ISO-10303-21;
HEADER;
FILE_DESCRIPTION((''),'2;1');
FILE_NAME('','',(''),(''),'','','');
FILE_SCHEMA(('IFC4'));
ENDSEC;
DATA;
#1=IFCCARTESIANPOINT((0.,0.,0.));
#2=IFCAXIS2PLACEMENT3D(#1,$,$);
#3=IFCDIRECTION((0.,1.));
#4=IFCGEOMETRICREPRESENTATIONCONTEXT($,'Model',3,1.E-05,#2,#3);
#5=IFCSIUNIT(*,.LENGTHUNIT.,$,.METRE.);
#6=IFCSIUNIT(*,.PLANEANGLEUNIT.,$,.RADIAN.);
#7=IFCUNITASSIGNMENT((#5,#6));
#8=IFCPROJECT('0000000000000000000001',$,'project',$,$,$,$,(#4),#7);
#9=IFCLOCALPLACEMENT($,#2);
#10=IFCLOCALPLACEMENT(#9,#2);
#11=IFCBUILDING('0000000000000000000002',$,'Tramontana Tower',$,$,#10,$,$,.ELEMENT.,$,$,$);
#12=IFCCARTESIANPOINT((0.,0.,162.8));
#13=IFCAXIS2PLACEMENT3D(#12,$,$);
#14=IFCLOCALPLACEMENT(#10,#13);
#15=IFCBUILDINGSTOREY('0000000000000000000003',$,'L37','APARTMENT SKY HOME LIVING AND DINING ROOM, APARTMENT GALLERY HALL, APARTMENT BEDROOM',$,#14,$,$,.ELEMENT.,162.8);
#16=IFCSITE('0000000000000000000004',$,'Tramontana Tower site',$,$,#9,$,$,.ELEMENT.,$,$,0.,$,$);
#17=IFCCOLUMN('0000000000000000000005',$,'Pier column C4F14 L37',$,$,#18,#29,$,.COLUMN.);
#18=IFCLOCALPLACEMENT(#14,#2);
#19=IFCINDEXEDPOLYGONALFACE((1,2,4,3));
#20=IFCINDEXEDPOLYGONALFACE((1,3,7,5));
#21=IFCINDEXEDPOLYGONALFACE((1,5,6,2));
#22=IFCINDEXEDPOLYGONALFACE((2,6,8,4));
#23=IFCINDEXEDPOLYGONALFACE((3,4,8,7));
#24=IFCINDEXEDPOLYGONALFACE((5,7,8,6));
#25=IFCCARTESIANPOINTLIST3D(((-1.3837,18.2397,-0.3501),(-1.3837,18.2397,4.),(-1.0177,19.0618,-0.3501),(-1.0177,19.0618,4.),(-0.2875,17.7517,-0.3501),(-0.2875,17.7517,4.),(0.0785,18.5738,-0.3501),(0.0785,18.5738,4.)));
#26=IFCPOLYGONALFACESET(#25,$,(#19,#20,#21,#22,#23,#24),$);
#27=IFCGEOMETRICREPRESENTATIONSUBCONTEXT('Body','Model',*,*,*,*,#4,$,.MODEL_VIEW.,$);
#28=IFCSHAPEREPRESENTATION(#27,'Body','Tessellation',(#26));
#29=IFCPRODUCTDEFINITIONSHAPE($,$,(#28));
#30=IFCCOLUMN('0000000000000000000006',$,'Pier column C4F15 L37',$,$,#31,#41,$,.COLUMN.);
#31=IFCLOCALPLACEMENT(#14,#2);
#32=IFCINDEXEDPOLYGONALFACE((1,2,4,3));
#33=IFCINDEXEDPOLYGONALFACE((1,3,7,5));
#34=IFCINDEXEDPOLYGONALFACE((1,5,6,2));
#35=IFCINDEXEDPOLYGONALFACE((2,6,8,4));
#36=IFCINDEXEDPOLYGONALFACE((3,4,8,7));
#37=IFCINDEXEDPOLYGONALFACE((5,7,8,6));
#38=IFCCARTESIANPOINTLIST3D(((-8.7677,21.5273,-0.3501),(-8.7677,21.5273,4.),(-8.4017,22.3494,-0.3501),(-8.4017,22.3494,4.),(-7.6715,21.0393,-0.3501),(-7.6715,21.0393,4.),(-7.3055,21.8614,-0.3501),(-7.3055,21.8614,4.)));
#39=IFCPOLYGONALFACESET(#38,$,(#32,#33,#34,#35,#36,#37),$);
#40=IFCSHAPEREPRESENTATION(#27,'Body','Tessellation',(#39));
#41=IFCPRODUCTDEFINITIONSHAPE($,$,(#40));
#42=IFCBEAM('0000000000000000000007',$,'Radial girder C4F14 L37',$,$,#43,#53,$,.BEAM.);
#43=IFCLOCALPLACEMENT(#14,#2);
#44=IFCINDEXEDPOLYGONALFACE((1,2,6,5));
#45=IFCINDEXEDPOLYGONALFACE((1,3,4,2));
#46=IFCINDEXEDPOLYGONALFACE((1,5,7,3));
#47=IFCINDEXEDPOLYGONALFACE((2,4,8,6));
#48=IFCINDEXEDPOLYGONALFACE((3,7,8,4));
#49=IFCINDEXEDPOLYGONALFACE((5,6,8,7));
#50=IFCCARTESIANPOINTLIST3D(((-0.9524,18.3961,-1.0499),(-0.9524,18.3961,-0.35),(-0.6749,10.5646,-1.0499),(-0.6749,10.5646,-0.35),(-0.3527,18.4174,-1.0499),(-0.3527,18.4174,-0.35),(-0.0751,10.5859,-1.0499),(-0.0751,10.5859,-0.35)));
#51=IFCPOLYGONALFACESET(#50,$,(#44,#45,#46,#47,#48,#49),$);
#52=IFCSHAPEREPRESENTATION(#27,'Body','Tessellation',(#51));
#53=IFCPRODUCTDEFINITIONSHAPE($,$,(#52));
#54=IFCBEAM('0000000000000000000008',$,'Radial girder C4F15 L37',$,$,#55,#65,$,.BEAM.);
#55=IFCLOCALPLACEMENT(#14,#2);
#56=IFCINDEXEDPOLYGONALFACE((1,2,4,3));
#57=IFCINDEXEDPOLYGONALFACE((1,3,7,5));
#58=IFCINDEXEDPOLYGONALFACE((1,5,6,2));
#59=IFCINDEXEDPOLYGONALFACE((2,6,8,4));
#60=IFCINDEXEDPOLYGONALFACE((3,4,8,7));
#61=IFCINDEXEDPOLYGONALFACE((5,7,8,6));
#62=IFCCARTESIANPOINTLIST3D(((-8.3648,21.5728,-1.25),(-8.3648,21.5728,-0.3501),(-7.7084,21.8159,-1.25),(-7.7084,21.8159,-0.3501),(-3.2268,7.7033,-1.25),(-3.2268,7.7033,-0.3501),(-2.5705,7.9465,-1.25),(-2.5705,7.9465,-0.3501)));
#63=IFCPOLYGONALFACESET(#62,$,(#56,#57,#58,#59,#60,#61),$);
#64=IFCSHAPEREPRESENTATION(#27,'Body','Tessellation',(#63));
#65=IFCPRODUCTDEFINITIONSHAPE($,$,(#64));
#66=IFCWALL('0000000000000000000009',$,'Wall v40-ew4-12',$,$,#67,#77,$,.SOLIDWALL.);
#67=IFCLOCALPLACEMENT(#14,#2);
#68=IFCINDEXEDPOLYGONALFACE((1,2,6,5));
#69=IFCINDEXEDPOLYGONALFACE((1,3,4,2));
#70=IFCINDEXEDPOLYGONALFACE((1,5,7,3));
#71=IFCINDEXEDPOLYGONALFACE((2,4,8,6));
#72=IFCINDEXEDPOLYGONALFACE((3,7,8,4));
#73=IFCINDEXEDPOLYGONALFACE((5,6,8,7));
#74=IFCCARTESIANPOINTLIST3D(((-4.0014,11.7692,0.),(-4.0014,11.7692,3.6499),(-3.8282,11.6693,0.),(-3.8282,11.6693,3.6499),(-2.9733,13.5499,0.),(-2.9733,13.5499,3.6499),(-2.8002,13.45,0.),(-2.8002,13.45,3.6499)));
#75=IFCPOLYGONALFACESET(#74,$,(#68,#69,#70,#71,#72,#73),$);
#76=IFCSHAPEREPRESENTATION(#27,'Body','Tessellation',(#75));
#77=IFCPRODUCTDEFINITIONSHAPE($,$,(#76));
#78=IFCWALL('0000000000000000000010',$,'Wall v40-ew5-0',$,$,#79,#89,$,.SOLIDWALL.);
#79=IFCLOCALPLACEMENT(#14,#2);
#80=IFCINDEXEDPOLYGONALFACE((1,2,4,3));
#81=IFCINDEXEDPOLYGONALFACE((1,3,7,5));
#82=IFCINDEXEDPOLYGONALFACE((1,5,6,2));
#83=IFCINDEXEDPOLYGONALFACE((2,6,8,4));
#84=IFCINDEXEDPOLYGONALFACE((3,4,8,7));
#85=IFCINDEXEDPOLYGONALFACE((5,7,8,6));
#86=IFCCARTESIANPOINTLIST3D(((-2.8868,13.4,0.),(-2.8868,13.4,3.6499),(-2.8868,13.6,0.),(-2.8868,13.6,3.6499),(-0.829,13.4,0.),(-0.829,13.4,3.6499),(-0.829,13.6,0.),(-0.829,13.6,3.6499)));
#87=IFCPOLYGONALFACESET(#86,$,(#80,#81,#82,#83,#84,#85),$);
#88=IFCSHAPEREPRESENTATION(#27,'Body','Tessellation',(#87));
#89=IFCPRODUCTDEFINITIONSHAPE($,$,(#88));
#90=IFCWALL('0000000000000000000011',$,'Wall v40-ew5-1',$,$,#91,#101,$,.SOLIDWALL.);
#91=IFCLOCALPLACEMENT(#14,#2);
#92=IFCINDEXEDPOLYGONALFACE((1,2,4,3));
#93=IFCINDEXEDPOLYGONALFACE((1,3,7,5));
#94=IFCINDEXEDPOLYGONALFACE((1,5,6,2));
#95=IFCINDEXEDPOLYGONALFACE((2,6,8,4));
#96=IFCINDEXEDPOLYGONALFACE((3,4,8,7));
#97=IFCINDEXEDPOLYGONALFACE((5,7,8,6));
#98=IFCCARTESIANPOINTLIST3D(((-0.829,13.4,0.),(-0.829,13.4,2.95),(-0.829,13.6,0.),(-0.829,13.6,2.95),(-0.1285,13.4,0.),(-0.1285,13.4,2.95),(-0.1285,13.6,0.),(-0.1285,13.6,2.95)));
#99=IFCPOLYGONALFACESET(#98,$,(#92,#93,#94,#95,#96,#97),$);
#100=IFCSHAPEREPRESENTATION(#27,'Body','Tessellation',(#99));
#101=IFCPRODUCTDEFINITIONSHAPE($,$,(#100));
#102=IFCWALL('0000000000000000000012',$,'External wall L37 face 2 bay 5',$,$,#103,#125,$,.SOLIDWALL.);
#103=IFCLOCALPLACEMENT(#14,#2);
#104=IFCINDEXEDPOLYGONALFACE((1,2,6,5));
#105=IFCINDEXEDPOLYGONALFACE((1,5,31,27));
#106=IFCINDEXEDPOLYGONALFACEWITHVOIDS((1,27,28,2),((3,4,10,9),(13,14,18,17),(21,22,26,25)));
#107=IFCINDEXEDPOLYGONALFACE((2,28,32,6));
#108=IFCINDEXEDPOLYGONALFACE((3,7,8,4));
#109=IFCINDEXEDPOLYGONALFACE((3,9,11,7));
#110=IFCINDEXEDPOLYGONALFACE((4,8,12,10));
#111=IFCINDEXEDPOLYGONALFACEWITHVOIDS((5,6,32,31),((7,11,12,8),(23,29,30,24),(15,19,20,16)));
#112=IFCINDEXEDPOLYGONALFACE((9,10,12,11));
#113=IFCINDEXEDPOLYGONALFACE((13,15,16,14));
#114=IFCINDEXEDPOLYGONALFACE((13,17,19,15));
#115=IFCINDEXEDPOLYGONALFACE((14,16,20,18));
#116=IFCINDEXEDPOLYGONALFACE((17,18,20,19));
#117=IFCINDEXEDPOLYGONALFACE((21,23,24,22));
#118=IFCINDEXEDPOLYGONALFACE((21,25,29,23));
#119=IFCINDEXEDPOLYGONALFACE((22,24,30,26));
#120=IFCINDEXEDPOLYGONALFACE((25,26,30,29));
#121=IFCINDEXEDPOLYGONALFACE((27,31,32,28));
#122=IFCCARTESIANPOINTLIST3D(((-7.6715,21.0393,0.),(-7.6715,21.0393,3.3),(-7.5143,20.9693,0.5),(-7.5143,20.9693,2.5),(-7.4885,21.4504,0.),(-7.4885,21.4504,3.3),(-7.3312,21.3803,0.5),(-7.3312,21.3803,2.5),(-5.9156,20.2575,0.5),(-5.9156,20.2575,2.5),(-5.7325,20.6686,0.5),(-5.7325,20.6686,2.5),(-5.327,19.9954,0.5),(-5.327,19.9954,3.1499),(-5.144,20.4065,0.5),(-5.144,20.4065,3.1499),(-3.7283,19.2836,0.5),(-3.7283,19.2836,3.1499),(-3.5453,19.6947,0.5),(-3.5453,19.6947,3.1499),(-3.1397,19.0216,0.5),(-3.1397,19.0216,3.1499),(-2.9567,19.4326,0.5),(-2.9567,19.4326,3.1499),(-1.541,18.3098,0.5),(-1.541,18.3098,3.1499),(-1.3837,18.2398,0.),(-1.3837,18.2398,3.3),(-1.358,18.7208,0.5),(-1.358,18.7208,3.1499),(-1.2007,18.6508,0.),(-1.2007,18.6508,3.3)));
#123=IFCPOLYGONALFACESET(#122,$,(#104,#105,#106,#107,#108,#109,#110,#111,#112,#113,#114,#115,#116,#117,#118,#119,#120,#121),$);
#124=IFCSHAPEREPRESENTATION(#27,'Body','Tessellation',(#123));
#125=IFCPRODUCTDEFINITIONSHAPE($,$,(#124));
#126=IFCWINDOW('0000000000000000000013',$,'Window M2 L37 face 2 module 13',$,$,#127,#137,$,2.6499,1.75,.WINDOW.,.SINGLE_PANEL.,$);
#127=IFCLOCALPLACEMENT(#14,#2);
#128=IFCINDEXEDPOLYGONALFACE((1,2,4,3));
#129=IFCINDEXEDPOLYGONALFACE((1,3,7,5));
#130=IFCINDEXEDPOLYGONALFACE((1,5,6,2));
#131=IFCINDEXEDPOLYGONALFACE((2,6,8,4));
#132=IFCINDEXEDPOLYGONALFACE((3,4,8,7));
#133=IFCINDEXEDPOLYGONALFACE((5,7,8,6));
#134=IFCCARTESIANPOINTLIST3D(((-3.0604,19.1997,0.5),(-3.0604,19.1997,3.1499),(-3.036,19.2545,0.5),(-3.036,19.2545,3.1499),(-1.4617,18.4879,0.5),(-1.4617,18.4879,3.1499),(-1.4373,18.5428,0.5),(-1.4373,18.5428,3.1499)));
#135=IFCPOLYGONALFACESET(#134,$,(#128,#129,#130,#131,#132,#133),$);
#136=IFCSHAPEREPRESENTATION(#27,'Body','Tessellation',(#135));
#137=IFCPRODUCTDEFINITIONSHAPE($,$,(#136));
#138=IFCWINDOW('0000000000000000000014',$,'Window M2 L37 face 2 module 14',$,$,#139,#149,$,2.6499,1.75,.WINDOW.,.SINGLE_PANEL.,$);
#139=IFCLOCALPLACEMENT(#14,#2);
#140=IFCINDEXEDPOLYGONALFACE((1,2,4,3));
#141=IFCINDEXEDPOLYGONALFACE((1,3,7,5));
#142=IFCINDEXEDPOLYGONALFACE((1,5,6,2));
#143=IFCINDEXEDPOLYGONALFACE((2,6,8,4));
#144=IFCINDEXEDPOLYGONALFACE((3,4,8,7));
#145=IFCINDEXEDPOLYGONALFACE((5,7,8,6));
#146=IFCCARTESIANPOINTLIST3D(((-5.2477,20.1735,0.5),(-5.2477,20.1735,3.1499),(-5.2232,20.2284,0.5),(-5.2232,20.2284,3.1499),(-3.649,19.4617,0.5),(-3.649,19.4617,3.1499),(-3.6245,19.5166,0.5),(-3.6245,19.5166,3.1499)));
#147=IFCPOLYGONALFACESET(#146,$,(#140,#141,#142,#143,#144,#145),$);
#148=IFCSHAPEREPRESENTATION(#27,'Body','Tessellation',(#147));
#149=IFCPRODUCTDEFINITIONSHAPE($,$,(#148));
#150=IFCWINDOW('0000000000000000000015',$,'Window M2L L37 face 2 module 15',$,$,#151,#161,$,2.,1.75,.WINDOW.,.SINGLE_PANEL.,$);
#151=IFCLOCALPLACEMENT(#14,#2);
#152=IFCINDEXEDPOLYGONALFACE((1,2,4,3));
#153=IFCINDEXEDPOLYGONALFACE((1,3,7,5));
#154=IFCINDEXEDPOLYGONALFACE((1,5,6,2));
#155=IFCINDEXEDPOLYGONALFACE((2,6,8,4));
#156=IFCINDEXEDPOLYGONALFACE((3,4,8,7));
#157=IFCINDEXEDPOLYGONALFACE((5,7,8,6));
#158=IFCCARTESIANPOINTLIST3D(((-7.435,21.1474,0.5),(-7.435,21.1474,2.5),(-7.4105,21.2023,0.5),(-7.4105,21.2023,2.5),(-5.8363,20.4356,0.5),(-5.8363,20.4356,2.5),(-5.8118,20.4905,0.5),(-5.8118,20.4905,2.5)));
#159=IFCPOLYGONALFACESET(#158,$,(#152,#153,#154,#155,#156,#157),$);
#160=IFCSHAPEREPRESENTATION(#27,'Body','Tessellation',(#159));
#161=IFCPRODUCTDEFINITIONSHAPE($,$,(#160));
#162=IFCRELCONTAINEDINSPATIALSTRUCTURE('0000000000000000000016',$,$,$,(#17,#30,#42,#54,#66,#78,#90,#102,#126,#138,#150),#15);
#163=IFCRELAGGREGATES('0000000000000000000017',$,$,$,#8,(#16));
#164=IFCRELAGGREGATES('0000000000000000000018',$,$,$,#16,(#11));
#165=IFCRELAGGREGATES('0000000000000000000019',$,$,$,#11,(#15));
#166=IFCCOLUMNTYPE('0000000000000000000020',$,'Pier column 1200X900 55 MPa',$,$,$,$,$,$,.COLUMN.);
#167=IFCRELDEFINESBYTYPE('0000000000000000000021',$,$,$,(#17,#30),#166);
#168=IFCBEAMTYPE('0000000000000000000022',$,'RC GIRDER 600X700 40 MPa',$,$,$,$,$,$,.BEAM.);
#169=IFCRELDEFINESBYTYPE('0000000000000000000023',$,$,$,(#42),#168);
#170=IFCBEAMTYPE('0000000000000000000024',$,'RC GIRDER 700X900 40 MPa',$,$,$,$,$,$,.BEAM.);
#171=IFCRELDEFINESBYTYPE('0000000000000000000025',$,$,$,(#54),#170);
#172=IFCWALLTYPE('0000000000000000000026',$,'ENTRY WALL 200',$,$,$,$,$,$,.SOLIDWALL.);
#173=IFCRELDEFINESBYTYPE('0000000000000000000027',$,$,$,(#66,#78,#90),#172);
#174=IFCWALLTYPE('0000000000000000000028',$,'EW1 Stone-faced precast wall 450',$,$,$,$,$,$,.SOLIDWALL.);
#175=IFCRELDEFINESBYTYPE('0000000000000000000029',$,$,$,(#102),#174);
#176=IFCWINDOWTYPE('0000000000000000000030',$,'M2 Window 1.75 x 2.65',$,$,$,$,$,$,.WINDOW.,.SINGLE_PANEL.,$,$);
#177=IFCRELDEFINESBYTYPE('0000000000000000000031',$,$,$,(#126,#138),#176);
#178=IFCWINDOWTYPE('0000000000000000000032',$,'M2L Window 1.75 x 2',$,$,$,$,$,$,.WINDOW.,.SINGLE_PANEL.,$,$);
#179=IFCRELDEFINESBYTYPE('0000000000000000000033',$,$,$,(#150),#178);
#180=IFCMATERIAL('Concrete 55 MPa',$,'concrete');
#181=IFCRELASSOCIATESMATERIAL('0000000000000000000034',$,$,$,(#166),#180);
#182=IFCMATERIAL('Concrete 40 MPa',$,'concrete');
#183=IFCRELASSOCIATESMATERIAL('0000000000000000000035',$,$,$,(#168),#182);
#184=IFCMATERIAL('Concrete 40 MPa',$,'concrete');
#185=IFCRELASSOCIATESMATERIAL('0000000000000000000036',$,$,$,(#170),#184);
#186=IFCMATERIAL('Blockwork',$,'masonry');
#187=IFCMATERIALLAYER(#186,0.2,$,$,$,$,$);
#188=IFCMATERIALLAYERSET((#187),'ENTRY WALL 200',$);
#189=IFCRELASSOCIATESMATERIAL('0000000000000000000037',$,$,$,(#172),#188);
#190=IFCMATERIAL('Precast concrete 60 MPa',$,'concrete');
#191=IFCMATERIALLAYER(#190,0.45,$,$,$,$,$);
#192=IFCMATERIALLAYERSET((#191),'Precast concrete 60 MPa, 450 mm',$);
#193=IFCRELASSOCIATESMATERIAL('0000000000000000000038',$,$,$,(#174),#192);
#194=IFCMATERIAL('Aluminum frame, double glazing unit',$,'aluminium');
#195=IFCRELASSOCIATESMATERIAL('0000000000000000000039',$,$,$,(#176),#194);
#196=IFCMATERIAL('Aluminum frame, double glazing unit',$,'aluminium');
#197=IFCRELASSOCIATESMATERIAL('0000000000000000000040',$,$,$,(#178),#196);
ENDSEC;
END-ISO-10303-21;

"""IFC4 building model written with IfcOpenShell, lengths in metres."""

from ifc_helpers import new_model, si_unit, direction, frame, frame_2d, origin, origin_2d, place, context, subcontext, project, spatial, rectangle, extrude, material, layer, layer_set, material_profile, profile_set, type_object, element, fill, save


model = new_model("IFC4")

# Units and contexts
model_context = context("Model", 3, precision=1e-05, world=origin(), true_north=direction((0.0, 1.0)))
body_context = subcontext(model_context, "Body", "Model", "MODEL_VIEW")
ifc_project = project(units=[si_unit("LENGTHUNIT", "METRE"), si_unit("PLANEANGLEUNIT", "RADIAN")], contexts=[model_context])

# Site, building, storey
site_placement = place(None, origin())
site = spatial("IfcSite", under=ifc_project, at=site_placement, Name="Tramontana Tower site", CompositionType="ELEMENT", RefElevation=0.0)
building_placement = place(site_placement, origin())
building = spatial("IfcBuilding", under=site, at=building_placement, Name="Tramontana Tower", CompositionType="ELEMENT")
storey_placement = place(building_placement, frame((0.0, 0.0, 162.8)))
storey = spatial("IfcBuildingStorey", under=building, at=storey_placement, Name="L37", Description="APARTMENT SKY HOME LIVING AND DINING ROOM, APARTMENT GALLERY HALL, APARTMENT BEDROOM", CompositionType="ELEMENT", Elevation=162.8)

# Columns
ifc_material_1 = material(Name="Concrete 55 MPa", Category="concrete")
ifc_material_profile_1 = material_profile(ifc_material_1, rectangle(XDim=1.2, YDim=0.8999, at=origin_2d()), Name="Pier column 1200X900 55 MPa")
ifc_profile_set_1 = profile_set([ifc_material_profile_1], Name="Concrete 55 MPa")
column_type = type_object("IfcColumnType", Name="Pier column 1200X900 55 MPa", PredefinedType="COLUMN", material=ifc_profile_set_1)
for number, where, z_axis, x_axis, name in (
    (1, (-0.6526, 18.4067, -0.3501), (0.0, 0.0, 1.0), (-0.913545, 0.406737, 0.0), "Pier column C4F14 L37"),
    (2, (-8.0366, 21.6943, -0.3501), (0.0, 0.0, 1.0), (-0.913545, 0.406737, 0.0), "Pier column C4F15 L37"),
):
    element("IfcColumn", number, at=place(storey_placement, frame(where, z_axis=z_axis, x_axis=x_axis)), inside=storey, type_object=column_type, Name=name, PredefinedType="COLUMN", context=body_context, shape_type="SweptSolid", body=[
        extrude(rectangle(XDim=1.2, YDim=0.8999, at=origin_2d()), origin(), (0.0, 0.0, 1.0), 4.3501),
    ])

# Beams
ifc_material_2 = material(Name="Concrete 40 MPa", Category="concrete")
ifc_material_profile_2 = material_profile(ifc_material_2, rectangle(XDim=0.6001, YDim=0.7, at=origin_2d()), Name="RC GIRDER 600X700 40 MPa")
ifc_profile_set_2 = profile_set([ifc_material_profile_2], Name="Concrete 40 MPa")
beam_type_1 = type_object("IfcBeamType", Name="RC GIRDER 600X700 40 MPa", PredefinedType="BEAM", material=ifc_profile_set_2)
beam_1_placement = place(storey_placement, frame((-0.6526, 18.4067, -0.7), z_axis=(0.035423, -0.999372, 0.0), x_axis=(0.999372, 0.035423, 0.0)))
element("IfcBeam", 3, at=beam_1_placement, inside=storey, type_object=beam_type_1, Name="Radial girder C4F14 L37", PredefinedType="BEAM", context=body_context, shape_type="SweptSolid", body=[
    extrude(rectangle(XDim=0.6001, YDim=0.7, at=origin_2d()), origin(), (0.0, 0.0, 1.0), 7.8364),
])
ifc_material_3 = material(Name="Concrete 40 MPa", Category="concrete")
ifc_material_profile_3 = material_profile(ifc_material_3, rectangle(XDim=0.7, YDim=0.8999, at=origin_2d()), Name="RC GIRDER 700X900 40 MPa")
ifc_profile_set_3 = profile_set([ifc_material_profile_3], Name="Concrete 40 MPa")
beam_type_2 = type_object("IfcBeamType", Name="RC GIRDER 700X900 40 MPa", PredefinedType="BEAM", material=ifc_profile_set_3)
beam_2_placement = place(storey_placement, frame((-8.0366, 21.6943, -0.8), z_axis=(0.347382, -0.937724, 0.0), x_axis=(0.937724, 0.347382, 0.0)))
element("IfcBeam", 4, at=beam_2_placement, inside=storey, type_object=beam_type_2, Name="Radial girder C4F15 L37", PredefinedType="BEAM", context=body_context, shape_type="SweptSolid", body=[
    extrude(rectangle(XDim=0.7, YDim=0.8999, at=origin_2d()), origin(), (0.0, 0.0, 1.0), 14.7905),
])

# Walls
ifc_material_4 = material(Name="Blockwork", Category="masonry")
ifc_layer_1 = layer(ifc_material_4, 0.2)
ifc_layer_set_1 = layer_set([ifc_layer_1], Name="ENTRY WALL 200")
wall_type_1 = type_object("IfcWallType", Name="ENTRY WALL 200", PredefinedType="SOLIDWALL", material=ifc_layer_set_1)
wall_1_placement = place(storey_placement, frame((-3.9148, 11.7192, 0.0), z_axis=(0.0, 0.0, 1.0), x_axis=(0.499983, 0.866035, 0.0)))
element("IfcWall", 5, at=wall_1_placement, inside=storey, type_object=wall_type_1, Name="Wall v40-ew4-12", PredefinedType="SOLIDWALL", context=body_context, shape_type="SweptSolid", body=[
    extrude(rectangle(XDim=2.0562, YDim=0.2, at=frame_2d((1.0281, 0.0))), origin(), (0.0, 0.0, 1.0), 3.6499),
])
wall_2_placement = place(storey_placement, frame((-2.8867, 13.5, 0.0), z_axis=(0.0, 0.0, 1.0), x_axis=(1.0, 0.0, 0.0)))
element("IfcWall", 6, at=wall_2_placement, inside=storey, type_object=wall_type_1, Name="Wall v40-ew5-0", PredefinedType="SOLIDWALL", context=body_context, shape_type="SweptSolid", body=[
    extrude(rectangle(XDim=2.0579, YDim=0.2, at=frame_2d((1.0288, 0.0))), origin(), (0.0, 0.0, 1.0), 3.6499),
])
wall_3_placement = place(storey_placement, frame((-0.8289, 13.5, 0.0), z_axis=(0.0, 0.0, 1.0), x_axis=(1.0, 0.0, 0.0)))
element("IfcWall", 7, at=wall_3_placement, inside=storey, type_object=wall_type_1, Name="Wall v40-ew5-1", PredefinedType="SOLIDWALL", context=body_context, shape_type="SweptSolid", body=[
    extrude(rectangle(XDim=0.7004, YDim=0.2, at=frame_2d((0.3501, 0.0))), origin(), (0.0, 0.0, 1.0), 2.95),
])

# Wall, openings, windows
ifc_material_5 = material(Name="Precast concrete 60 MPa", Category="concrete")
ifc_layer_2 = layer(ifc_material_5, 0.45)
ifc_layer_set_2 = layer_set([ifc_layer_2], Name="Precast concrete 60 MPa, 450 mm")
wall_type_2 = type_object("IfcWallType", Name="EW1 Stone-faced precast wall 450", PredefinedType="SOLIDWALL", material=ifc_layer_set_2)
wall_4_placement = place(storey_placement, frame((-1.2922, 18.4453, 0.0), z_axis=(0.0, 0.0, 1.0), x_axis=(-0.913544, 0.406741, 0.0)))
wall_4 = element("IfcWall", 8, at=wall_4_placement, inside=storey, type_object=wall_type_2, Name="External wall L37 face 2 bay 5", PredefinedType="SOLIDWALL", context=body_context, shape_type="SweptSolid", body=[
    extrude(rectangle(XDim=6.8828, YDim=0.45, at=frame_2d((3.4414, 0.0))), origin(), (0.0, 0.0, 1.0), 3.3),
])
opening_1_placement = place(wall_4_placement, frame((0.1721, 0.0, 0.5)))
opening_1 = element("IfcOpeningElement", 9, at=opening_1_placement, cuts=wall_4, PredefinedType="OPENING", context=body_context, shape_type="SweptSolid", body=[
    extrude(rectangle(XDim=1.75, YDim=2.6499, at=frame_2d((0.875, 1.325))), frame((0.0, 0.2349, 0.0), z_axis=(0.0, -1.0, 0.0), x_axis=(1.0, 0.0, 0.0)), (0.0, 0.0, 1.0), 0.47),
])
opening_2_placement = place(wall_4_placement, frame((2.5664, 0.0, 0.5)))
opening_2 = element("IfcOpeningElement", 10, at=opening_2_placement, cuts=wall_4, PredefinedType="OPENING", context=body_context, shape_type="SweptSolid", body=[
    extrude(rectangle(XDim=1.75, YDim=2.6499, at=frame_2d((0.875, 1.325))), frame((0.0, 0.2349, 0.0), z_axis=(0.0, -1.0, 0.0), x_axis=(1.0, 0.0, 0.0)), (0.0, 0.0, 1.0), 0.47),
])
opening_3_placement = place(wall_4_placement, frame((4.9607, 0.0, 0.5)))
opening_3 = element("IfcOpeningElement", 11, at=opening_3_placement, cuts=wall_4, PredefinedType="OPENING", context=body_context, shape_type="SweptSolid", body=[
    extrude(rectangle(XDim=1.75, YDim=2.0, at=frame_2d((0.875, 1.0))), frame((0.0, 0.2349, 0.0), z_axis=(0.0, -1.0, 0.0), x_axis=(1.0, 0.0, 0.0)), (0.0, 0.0, 1.0), 0.47),
])
ifc_material_6 = material(Name="Aluminum frame, double glazing unit", Category="aluminium")
window_type_1 = type_object("IfcWindowType", Name="M2 Window 1.75 x 2.65", PartitioningType="SINGLE_PANEL", PredefinedType="WINDOW", material=ifc_material_6)
window_1_placement = place(opening_1_placement, origin())
window_1 = element("IfcWindow", 12, at=window_1_placement, inside=storey, type_object=window_type_1, Name="Window M2 L37 face 2 module 13", OverallHeight=2.6499, OverallWidth=1.75, PartitioningType="SINGLE_PANEL", PredefinedType="WINDOW", context=body_context, shape_type="SweptSolid", body=[
    extrude(rectangle(XDim=1.75, YDim=2.6499, at=frame_2d((0.875, 1.325))), frame((0.0, 0.03, 0.0), z_axis=(0.0, -1.0, 0.0), x_axis=(1.0, 0.0, 0.0)), (0.0, 0.0, 1.0), 0.0601),
])
fill(opening_1, window_1)
window_2_placement = place(opening_2_placement, origin())
window_2 = element("IfcWindow", 13, at=window_2_placement, inside=storey, type_object=window_type_1, Name="Window M2 L37 face 2 module 14", OverallHeight=2.6499, OverallWidth=1.75, PartitioningType="SINGLE_PANEL", PredefinedType="WINDOW", context=body_context, shape_type="SweptSolid", body=[
    extrude(rectangle(XDim=1.75, YDim=2.6499, at=frame_2d((0.875, 1.325))), frame((0.0, 0.03, 0.0), z_axis=(0.0, -1.0, 0.0), x_axis=(1.0, 0.0, 0.0)), (0.0, 0.0, 1.0), 0.0601),
])
fill(opening_2, window_2)
ifc_material_7 = material(Name="Aluminum frame, double glazing unit", Category="aluminium")
window_type_2 = type_object("IfcWindowType", Name="M2L Window 1.75 x 2", PartitioningType="SINGLE_PANEL", PredefinedType="WINDOW", material=ifc_material_7)
window_3_placement = place(opening_3_placement, origin())
window_3 = element("IfcWindow", 14, at=window_3_placement, inside=storey, type_object=window_type_2, Name="Window M2L L37 face 2 module 15", OverallHeight=2.0, OverallWidth=1.75, PartitioningType="SINGLE_PANEL", PredefinedType="WINDOW", context=body_context, shape_type="SweptSolid", body=[
    extrude(rectangle(XDim=1.75, YDim=2.0, at=frame_2d((0.875, 1.0))), frame((0.0, 0.03, 0.0), z_axis=(0.0, -1.0, 0.0), x_axis=(1.0, 0.0, 0.0)), (0.0, 0.0, 1.0), 0.0601),
])
fill(opening_3, window_3)

save(model, "model.ifc")
